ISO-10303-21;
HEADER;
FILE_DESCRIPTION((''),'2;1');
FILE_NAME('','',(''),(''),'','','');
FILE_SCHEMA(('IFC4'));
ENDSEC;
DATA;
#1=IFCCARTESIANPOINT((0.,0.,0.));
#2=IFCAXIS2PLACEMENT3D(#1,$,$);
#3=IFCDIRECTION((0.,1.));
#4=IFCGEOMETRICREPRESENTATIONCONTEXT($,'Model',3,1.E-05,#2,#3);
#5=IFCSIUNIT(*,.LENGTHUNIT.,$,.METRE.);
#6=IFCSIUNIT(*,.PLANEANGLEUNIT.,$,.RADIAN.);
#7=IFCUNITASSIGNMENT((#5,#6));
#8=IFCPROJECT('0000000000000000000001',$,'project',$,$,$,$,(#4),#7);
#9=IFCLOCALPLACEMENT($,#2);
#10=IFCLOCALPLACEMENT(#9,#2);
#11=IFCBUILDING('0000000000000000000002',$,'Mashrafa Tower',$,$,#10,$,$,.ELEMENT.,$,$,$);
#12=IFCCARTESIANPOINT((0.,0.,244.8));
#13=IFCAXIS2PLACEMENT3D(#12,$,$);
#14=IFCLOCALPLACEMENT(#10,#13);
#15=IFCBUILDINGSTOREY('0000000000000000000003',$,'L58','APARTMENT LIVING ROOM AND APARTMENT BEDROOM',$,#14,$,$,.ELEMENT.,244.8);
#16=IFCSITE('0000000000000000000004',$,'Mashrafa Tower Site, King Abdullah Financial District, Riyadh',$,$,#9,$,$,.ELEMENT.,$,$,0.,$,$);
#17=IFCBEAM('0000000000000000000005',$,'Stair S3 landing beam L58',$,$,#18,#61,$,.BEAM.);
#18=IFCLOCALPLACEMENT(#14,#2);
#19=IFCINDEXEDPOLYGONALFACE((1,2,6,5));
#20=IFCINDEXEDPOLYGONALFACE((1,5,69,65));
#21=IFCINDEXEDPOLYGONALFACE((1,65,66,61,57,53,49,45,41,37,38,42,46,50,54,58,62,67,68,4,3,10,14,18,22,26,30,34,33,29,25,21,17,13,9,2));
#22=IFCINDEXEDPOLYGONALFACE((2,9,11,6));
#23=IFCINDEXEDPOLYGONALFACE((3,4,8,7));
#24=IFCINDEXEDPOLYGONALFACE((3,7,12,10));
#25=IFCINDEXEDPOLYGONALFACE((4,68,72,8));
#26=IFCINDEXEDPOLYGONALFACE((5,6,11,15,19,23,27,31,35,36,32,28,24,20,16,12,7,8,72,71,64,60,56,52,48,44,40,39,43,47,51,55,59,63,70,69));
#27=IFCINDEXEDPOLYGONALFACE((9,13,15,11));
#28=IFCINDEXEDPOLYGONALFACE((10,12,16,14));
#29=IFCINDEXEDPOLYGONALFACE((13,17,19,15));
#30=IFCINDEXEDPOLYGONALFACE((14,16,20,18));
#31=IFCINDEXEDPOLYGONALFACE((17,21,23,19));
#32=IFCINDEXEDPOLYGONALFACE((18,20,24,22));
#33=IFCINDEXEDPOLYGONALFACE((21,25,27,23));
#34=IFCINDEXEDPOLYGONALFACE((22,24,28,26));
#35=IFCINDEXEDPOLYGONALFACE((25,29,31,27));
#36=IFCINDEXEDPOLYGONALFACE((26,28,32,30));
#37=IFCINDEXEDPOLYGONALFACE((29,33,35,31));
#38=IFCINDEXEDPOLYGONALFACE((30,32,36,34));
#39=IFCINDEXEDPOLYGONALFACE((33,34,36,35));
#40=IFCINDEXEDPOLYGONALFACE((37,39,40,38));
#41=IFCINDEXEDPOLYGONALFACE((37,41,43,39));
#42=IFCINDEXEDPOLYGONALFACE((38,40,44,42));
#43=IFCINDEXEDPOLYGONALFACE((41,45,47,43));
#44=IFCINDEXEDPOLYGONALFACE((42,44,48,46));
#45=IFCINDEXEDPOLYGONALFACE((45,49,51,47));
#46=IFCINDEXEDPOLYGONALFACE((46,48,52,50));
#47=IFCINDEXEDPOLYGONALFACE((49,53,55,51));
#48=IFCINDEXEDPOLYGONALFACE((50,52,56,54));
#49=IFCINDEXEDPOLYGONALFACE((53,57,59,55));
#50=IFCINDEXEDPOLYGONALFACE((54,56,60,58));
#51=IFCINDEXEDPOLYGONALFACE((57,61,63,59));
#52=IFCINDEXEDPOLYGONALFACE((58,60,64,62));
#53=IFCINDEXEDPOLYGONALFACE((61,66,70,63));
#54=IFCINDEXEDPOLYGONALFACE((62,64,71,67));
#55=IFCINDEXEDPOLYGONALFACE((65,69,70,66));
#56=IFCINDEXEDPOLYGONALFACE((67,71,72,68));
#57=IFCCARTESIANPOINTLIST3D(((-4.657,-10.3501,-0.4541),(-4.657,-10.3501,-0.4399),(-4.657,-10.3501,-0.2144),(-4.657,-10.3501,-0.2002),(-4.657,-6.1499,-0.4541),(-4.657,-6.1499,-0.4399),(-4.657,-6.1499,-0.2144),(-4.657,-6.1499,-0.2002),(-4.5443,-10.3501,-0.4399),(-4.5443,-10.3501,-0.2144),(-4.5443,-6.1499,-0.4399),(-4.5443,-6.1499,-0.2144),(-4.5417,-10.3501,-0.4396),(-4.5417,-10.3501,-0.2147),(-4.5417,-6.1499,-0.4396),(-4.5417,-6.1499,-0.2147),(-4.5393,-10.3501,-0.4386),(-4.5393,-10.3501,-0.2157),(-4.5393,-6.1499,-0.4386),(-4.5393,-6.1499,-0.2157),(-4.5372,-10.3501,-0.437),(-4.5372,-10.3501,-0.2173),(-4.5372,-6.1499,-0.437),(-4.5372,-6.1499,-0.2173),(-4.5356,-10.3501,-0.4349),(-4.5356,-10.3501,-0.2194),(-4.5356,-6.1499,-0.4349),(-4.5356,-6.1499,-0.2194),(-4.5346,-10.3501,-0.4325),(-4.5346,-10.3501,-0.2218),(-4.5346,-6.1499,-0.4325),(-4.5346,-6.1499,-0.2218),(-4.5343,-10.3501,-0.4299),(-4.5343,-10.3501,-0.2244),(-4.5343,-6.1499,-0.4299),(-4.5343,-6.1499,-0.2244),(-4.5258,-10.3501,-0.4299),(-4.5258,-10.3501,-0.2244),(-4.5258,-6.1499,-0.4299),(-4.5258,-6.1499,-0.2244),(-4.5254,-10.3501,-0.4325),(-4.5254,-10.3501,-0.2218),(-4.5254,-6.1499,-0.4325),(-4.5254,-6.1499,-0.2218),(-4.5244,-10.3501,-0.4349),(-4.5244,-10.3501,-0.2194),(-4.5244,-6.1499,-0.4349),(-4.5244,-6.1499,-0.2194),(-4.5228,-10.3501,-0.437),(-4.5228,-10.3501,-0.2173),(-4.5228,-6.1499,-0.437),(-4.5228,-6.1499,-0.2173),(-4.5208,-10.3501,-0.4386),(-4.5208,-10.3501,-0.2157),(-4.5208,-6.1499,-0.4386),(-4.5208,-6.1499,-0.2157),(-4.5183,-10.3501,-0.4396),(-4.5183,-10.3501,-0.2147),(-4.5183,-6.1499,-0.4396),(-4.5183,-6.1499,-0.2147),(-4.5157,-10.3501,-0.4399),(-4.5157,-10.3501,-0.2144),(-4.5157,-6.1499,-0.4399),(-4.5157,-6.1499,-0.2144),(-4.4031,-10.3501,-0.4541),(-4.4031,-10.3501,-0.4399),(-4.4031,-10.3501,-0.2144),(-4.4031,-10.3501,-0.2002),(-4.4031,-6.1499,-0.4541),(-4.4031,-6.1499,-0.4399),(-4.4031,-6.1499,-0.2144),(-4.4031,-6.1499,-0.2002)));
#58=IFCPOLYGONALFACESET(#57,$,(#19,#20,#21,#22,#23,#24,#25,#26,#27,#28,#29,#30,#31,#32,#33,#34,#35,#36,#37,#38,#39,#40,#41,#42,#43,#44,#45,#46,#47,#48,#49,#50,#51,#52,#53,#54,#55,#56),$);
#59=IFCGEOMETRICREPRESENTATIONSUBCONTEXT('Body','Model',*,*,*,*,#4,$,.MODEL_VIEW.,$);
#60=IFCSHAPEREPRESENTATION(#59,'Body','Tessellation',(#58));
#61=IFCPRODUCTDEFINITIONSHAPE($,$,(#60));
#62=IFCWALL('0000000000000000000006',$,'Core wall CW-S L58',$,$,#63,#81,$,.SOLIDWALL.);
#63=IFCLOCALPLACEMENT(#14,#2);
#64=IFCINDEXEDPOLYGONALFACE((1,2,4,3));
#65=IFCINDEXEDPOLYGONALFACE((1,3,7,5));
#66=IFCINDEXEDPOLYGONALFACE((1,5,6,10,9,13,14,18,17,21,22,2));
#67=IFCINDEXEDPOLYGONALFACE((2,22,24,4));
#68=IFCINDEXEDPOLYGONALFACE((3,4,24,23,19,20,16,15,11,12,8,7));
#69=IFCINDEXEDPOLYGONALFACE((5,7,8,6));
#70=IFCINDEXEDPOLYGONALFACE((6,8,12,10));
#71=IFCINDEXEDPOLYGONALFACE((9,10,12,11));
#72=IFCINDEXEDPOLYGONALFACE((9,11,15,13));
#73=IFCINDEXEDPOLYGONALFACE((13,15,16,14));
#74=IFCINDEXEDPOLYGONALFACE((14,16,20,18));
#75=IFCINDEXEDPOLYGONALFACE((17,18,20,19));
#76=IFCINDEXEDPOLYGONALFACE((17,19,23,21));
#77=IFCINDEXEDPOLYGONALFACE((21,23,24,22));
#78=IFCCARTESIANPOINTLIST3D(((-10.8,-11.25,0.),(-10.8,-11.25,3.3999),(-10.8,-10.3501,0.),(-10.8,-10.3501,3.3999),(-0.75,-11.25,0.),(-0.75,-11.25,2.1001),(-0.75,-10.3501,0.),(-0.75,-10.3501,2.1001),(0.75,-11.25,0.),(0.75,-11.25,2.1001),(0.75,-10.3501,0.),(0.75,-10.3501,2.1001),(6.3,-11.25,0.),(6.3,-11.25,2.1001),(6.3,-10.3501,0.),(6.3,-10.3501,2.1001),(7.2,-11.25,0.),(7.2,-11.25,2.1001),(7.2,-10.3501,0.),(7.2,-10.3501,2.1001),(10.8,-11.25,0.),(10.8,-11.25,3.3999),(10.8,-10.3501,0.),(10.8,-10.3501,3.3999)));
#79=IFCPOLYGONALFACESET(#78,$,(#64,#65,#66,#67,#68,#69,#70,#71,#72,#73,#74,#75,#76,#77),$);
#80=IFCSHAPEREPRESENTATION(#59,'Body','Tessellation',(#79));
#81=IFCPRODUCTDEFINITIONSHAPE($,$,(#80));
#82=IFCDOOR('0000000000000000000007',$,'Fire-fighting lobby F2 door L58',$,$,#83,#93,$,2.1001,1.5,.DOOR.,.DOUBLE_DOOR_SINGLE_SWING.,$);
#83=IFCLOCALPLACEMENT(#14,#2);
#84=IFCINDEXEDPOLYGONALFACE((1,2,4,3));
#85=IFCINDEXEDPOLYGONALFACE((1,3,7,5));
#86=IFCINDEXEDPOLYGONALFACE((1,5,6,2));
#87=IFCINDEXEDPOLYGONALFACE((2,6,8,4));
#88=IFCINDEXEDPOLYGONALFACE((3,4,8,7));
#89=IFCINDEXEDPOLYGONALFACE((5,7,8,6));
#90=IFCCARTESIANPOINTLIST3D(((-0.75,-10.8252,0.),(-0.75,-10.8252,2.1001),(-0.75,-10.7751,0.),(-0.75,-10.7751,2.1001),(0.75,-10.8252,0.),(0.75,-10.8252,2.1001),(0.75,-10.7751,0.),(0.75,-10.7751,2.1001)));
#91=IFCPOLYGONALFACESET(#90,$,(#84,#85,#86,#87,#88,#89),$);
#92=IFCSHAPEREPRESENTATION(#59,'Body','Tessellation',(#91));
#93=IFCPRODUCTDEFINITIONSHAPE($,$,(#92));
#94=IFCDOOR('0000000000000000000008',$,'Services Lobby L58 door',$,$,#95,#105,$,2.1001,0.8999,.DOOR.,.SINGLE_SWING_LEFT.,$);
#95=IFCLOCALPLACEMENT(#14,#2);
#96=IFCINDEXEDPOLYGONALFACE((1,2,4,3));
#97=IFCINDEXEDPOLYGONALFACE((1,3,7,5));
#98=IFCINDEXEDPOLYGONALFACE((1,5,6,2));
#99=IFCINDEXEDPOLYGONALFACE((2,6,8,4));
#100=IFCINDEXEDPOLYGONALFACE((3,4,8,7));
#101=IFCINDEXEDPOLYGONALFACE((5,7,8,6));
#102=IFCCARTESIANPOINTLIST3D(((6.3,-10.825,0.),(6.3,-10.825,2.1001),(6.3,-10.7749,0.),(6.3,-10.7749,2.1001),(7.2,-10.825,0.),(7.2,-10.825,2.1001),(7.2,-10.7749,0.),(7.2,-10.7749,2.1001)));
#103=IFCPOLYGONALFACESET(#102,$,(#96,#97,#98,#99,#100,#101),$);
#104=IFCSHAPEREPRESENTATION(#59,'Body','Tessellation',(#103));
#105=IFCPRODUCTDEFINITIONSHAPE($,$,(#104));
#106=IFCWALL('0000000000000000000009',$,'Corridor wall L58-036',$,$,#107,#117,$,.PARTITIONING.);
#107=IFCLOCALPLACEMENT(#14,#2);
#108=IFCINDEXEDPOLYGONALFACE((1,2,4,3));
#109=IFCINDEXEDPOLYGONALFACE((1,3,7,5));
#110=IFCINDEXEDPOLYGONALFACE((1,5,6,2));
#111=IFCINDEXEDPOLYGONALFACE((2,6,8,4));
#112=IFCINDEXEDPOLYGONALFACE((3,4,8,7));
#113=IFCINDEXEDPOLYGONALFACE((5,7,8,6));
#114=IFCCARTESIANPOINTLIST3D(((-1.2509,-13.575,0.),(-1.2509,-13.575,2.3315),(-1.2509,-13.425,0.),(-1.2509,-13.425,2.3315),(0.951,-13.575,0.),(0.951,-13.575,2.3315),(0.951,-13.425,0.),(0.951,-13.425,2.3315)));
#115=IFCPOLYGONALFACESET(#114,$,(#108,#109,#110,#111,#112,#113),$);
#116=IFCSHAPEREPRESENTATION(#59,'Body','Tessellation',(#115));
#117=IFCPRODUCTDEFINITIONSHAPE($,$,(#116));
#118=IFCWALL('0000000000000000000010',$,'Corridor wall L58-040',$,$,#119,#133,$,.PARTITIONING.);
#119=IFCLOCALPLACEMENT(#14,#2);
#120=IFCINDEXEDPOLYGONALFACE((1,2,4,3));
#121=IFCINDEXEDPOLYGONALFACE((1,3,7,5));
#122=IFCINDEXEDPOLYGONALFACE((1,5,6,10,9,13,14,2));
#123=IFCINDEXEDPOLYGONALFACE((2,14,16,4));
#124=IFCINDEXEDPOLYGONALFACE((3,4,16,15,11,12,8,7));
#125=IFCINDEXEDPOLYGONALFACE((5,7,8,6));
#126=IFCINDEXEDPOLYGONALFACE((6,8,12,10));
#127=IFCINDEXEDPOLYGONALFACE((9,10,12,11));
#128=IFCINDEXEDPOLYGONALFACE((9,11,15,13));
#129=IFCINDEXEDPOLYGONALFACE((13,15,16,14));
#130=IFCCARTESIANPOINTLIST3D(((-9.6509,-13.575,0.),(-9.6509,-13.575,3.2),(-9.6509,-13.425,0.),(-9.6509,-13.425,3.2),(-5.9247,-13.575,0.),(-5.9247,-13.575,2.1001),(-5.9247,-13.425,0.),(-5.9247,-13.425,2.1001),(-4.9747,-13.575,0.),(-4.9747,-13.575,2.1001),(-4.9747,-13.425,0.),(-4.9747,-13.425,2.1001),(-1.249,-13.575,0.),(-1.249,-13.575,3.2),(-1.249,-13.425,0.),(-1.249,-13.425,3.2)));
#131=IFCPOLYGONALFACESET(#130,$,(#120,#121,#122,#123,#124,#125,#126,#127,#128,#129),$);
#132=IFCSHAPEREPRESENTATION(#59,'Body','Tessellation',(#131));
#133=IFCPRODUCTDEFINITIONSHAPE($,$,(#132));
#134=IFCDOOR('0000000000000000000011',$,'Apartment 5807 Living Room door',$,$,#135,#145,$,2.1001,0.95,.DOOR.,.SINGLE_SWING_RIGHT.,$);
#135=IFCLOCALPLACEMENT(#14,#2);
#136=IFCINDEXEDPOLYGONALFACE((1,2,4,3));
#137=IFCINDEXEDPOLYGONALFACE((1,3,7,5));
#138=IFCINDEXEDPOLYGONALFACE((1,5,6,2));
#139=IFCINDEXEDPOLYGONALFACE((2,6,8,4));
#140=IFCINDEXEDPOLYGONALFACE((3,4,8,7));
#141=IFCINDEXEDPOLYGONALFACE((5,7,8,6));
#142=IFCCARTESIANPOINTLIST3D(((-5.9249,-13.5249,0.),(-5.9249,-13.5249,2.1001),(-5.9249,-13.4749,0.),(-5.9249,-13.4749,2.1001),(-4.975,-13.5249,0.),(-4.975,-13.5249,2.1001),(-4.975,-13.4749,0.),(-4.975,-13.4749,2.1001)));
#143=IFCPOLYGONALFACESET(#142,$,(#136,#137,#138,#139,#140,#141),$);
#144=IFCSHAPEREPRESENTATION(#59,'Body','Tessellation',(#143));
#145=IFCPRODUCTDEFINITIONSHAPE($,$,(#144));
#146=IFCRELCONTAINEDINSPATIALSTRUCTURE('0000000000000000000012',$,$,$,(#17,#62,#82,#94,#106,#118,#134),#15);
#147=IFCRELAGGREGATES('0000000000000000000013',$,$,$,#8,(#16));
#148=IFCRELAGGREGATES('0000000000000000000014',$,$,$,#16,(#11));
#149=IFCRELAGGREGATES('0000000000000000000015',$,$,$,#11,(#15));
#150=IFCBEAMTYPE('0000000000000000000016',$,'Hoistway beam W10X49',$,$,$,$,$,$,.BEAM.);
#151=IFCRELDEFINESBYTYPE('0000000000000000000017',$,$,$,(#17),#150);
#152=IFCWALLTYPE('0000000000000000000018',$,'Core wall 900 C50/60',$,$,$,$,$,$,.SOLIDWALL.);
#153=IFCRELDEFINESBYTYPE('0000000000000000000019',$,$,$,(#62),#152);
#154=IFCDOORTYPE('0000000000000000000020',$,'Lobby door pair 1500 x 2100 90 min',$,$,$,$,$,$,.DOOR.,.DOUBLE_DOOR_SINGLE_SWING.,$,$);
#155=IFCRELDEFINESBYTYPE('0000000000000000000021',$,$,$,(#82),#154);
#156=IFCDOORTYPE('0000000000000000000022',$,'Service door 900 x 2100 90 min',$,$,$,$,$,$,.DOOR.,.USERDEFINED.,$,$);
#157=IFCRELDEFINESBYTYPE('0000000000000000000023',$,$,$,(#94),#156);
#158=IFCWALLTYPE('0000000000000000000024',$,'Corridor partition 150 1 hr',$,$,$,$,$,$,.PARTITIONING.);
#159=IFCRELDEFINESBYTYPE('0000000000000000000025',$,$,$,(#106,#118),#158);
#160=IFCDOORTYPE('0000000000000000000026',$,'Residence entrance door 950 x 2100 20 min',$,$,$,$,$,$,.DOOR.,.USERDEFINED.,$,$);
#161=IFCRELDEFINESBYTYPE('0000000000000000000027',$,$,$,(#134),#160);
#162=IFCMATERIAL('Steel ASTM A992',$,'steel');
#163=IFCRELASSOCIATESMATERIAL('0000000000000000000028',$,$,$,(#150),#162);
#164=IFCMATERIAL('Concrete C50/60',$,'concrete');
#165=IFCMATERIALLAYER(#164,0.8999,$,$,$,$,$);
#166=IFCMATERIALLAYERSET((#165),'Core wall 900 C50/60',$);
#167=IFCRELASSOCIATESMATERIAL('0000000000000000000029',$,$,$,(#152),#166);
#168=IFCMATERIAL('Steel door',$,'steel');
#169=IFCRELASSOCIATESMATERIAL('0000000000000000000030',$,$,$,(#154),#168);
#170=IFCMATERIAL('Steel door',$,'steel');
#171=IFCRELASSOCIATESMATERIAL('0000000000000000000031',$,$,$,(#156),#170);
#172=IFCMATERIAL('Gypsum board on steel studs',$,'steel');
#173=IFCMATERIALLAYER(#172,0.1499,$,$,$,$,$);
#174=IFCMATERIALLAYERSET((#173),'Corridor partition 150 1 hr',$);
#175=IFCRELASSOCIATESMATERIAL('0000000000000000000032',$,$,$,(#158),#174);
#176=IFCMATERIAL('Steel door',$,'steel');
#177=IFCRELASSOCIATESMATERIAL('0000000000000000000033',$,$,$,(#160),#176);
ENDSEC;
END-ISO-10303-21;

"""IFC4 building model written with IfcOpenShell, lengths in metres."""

from ifc_helpers import new_model, si_unit, direction, frame, frame_2d, origin, origin_2d, place, context, subcontext, project, spatial, rectangle, i_section, extrude, material, layer, layer_set, material_profile, profile_set, type_object, element, fill, save


model = new_model("IFC4")

# Units and contexts
model_context = context("Model", 3, precision=1e-05, world=origin(), true_north=direction((0.0, 1.0)))
body_context = subcontext(model_context, "Body", "Model", "MODEL_VIEW")
ifc_project = project(units=[si_unit("LENGTHUNIT", "METRE"), si_unit("PLANEANGLEUNIT", "RADIAN")], contexts=[model_context])

# Site, building, storey
site_placement = place(None, origin())
site = spatial("IfcSite", under=ifc_project, at=site_placement, Name="Mashrafa Tower Site, King Abdullah Financial District, Riyadh", CompositionType="ELEMENT", RefElevation=0.0)
building_placement = place(site_placement, origin())
building = spatial("IfcBuilding", under=site, at=building_placement, Name="Mashrafa Tower", CompositionType="ELEMENT")
storey_placement = place(building_placement, frame((0.0, 0.0, 244.8)))
storey = spatial("IfcBuildingStorey", under=building, at=storey_placement, Name="L58", Description="APARTMENT LIVING ROOM AND APARTMENT BEDROOM", CompositionType="ELEMENT", Elevation=244.8)

# Beam
ifc_material_1 = material(Name="Steel ASTM A992", Category="steel")
ifc_material_profile_1 = material_profile(ifc_material_1, i_section(OverallWidth=0.2539, OverallDepth=0.2539, WebThickness=0.0085, FlangeThickness=0.0142, FilletRadius=0.01, at=origin_2d()), Name="W10X49")
ifc_profile_set_1 = profile_set([ifc_material_profile_1], Name="Steel ASTM A992")
beam_type_1 = type_object("IfcBeamType", Name="Hoistway beam W10X49", PredefinedType="BEAM", material=ifc_profile_set_1)
beam_1_placement = place(storey_placement, frame((-4.53, -10.3501, -0.3271), z_axis=(0.0, 1.0, 0.0), x_axis=(-1.0, 0.0, 0.0)))
element("IfcBeam", 1, at=beam_1_placement, inside=storey, type_object=beam_type_1, Name="Stair S3 landing beam L58", PredefinedType="BEAM", context=body_context, shape_type="SweptSolid", body=[
    extrude(i_section(OverallWidth=0.2539, OverallDepth=0.2539, WebThickness=0.0085, FlangeThickness=0.0142, FilletRadius=0.01, at=origin_2d()), origin(), (0.0, 0.0, 1.0), 4.2002),
])

# Wall, openings, doors
ifc_material_2 = material(Name="Concrete C50/60", Category="concrete")
ifc_layer_1 = layer(ifc_material_2, 0.8999)
ifc_layer_set_1 = layer_set([ifc_layer_1], Name="Core wall 900 C50/60")
wall_type_1 = type_object("IfcWallType", Name="Core wall 900 C50/60", PredefinedType="SOLIDWALL", material=ifc_layer_set_1)
wall_1_placement = place(storey_placement, frame((-10.8, -10.8, 0.0), z_axis=(0.0, 0.0, 1.0), x_axis=(1.0, 0.0, 0.0)))
wall_1 = element("IfcWall", 2, at=wall_1_placement, inside=storey, type_object=wall_type_1, Name="Core wall CW-S L58", PredefinedType="SOLIDWALL", context=body_context, shape_type="SweptSolid", body=[
    extrude(rectangle(XDim=21.6001, YDim=0.8999, at=frame_2d((10.8, 0.0))), origin(), (0.0, 0.0, 1.0), 3.3999),
])
opening_1_placement = place(wall_1_placement, frame((10.05, 0.0, 0.0)))
opening_1 = element("IfcOpeningElement", 3, at=opening_1_placement, cuts=wall_1, PredefinedType="OPENING", context=body_context, shape_type="SweptSolid", body=[
    extrude(rectangle(XDim=1.5, YDim=2.1001, at=frame_2d((0.75, 1.05))), frame((0.0, 0.46, 0.0), z_axis=(0.0, -1.0, 0.0), x_axis=(1.0, 0.0, 0.0)), (0.0, 0.0, 1.0), 0.9199),
])
opening_2_placement = place(wall_1_placement, frame((17.1001, 0.0, 0.0)))
opening_2 = element("IfcOpeningElement", 4, at=opening_2_placement, cuts=wall_1, PredefinedType="OPENING", context=body_context, shape_type="SweptSolid", body=[
    extrude(rectangle(XDim=0.8999, YDim=2.1001, at=frame_2d((0.45, 1.05))), frame((0.0, 0.46, 0.0), z_axis=(0.0, -1.0, 0.0), x_axis=(1.0, 0.0, 0.0)), (0.0, 0.0, 1.0), 0.9199),
])
ifc_material_3 = material(Name="Steel door", Category="steel")
door_type_1 = type_object("IfcDoorType", Name="Lobby door pair 1500 x 2100 90 min", OperationType="DOUBLE_DOOR_SINGLE_SWING", PredefinedType="DOOR", material=ifc_material_3)
door_1_placement = place(opening_1_placement, origin())
door_1 = element("IfcDoor", 5, at=door_1_placement, inside=storey, type_object=door_type_1, Name="Fire-fighting lobby F2 door L58", OperationType="DOUBLE_DOOR_SINGLE_SWING", OverallHeight=2.1001, OverallWidth=1.5, PredefinedType="DOOR", context=body_context, shape_type="SweptSolid", body=[
    extrude(rectangle(XDim=1.5, YDim=2.1001, at=frame_2d((0.75, 1.05))), frame((0.0, 0.0249, 0.0), z_axis=(0.0, -1.0, 0.0), x_axis=(1.0, 0.0, 0.0)), (0.0, 0.0, 1.0), 0.05),
])
fill(opening_1, door_1)
ifc_material_4 = material(Name="Steel door", Category="steel")
door_type_2 = type_object("IfcDoorType", Name="Service door 900 x 2100 90 min", OperationType="USERDEFINED", PredefinedType="DOOR", material=ifc_material_4)
door_2_placement = place(opening_2_placement, frame((0.8999, 0.0, 0.0), z_axis=(0.0, 0.0, 1.0), x_axis=(-1.0, 0.0, 0.0)))
door_2 = element("IfcDoor", 6, at=door_2_placement, inside=storey, type_object=door_type_2, Name="Services Lobby L58 door", OperationType="SINGLE_SWING_LEFT", OverallHeight=2.1001, OverallWidth=0.8999, PredefinedType="DOOR", context=body_context, shape_type="SweptSolid", body=[
    extrude(rectangle(XDim=0.8999, YDim=2.1001, at=frame_2d((0.45, 1.05))), frame((0.0, 0.0249, 0.0), z_axis=(0.0, -1.0, 0.0), x_axis=(1.0, 0.0, 0.0)), (0.0, 0.0, 1.0), 0.05),
])
fill(opening_2, door_2)

# Wall
ifc_material_5 = material(Name="Gypsum board on steel studs", Category="steel")
ifc_layer_2 = layer(ifc_material_5, 0.1499)
ifc_layer_set_2 = layer_set([ifc_layer_2], Name="Corridor partition 150 1 hr")
wall_type_2 = type_object("IfcWallType", Name="Corridor partition 150 1 hr", PredefinedType="PARTITIONING", material=ifc_layer_set_2)
wall_2_placement = place(storey_placement, frame((-1.251, -13.5, 0.0), z_axis=(0.0, 0.0, 1.0), x_axis=(1.0, 0.0, 0.0)))
element("IfcWall", 7, at=wall_2_placement, inside=storey, type_object=wall_type_2, Name="Corridor wall L58-036", PredefinedType="PARTITIONING", context=body_context, shape_type="SweptSolid", body=[
    extrude(rectangle(XDim=2.2019, YDim=0.1499, at=frame_2d((1.1011, 0.0))), origin(), (0.0, 0.0, 1.0), 2.3315),
])

# Wall, opening, door
wall_3_placement = place(storey_placement, frame((-9.6509, -13.5, 0.0), z_axis=(0.0, 0.0, 1.0), x_axis=(1.0, 0.0, 0.0)))
wall_3 = element("IfcWall", 8, at=wall_3_placement, inside=storey, type_object=wall_type_2, Name="Corridor wall L58-040", PredefinedType="PARTITIONING", context=body_context, shape_type="SweptSolid", body=[
    extrude(rectangle(XDim=8.4019, YDim=0.1499, at=frame_2d((4.2009, 0.0))), origin(), (0.0, 0.0, 1.0), 3.2),
])
opening_3_placement = place(wall_3_placement, frame((3.7261, 0.0, 0.0)))
opening_3 = element("IfcOpeningElement", 9, at=opening_3_placement, cuts=wall_3, PredefinedType="OPENING", context=body_context, shape_type="SweptSolid", body=[
    extrude(rectangle(XDim=0.95, YDim=2.1001, at=frame_2d((0.4751, 1.05))), frame((0.0, 0.085, 0.0), z_axis=(0.0, -1.0, 0.0), x_axis=(1.0, 0.0, 0.0)), (0.0, 0.0, 1.0), 0.1699),
])
ifc_material_6 = material(Name="Steel door", Category="steel")
door_type_3 = type_object("IfcDoorType", Name="Residence entrance door 950 x 2100 20 min", OperationType="USERDEFINED", PredefinedType="DOOR", material=ifc_material_6)
door_3_placement = place(opening_3_placement, frame((0.95, 0.0, 0.0), z_axis=(0.0, 0.0, 1.0), x_axis=(-1.0, 0.0, 0.0)))
door_3 = element("IfcDoor", 10, at=door_3_placement, inside=storey, type_object=door_type_3, Name="Apartment 5807 Living Room door", OperationType="SINGLE_SWING_RIGHT", OverallHeight=2.1001, OverallWidth=0.95, PredefinedType="DOOR", context=body_context, shape_type="SweptSolid", body=[
    extrude(rectangle(XDim=0.95, YDim=2.1001, at=frame_2d((0.4751, 1.05))), frame((0.0, 0.0249, 0.0), z_axis=(0.0, -1.0, 0.0), x_axis=(1.0, 0.0, 0.0)), (0.0, 0.0, 1.0), 0.05),
])
fill(opening_3, door_3)

save(model, "model.ifc")
